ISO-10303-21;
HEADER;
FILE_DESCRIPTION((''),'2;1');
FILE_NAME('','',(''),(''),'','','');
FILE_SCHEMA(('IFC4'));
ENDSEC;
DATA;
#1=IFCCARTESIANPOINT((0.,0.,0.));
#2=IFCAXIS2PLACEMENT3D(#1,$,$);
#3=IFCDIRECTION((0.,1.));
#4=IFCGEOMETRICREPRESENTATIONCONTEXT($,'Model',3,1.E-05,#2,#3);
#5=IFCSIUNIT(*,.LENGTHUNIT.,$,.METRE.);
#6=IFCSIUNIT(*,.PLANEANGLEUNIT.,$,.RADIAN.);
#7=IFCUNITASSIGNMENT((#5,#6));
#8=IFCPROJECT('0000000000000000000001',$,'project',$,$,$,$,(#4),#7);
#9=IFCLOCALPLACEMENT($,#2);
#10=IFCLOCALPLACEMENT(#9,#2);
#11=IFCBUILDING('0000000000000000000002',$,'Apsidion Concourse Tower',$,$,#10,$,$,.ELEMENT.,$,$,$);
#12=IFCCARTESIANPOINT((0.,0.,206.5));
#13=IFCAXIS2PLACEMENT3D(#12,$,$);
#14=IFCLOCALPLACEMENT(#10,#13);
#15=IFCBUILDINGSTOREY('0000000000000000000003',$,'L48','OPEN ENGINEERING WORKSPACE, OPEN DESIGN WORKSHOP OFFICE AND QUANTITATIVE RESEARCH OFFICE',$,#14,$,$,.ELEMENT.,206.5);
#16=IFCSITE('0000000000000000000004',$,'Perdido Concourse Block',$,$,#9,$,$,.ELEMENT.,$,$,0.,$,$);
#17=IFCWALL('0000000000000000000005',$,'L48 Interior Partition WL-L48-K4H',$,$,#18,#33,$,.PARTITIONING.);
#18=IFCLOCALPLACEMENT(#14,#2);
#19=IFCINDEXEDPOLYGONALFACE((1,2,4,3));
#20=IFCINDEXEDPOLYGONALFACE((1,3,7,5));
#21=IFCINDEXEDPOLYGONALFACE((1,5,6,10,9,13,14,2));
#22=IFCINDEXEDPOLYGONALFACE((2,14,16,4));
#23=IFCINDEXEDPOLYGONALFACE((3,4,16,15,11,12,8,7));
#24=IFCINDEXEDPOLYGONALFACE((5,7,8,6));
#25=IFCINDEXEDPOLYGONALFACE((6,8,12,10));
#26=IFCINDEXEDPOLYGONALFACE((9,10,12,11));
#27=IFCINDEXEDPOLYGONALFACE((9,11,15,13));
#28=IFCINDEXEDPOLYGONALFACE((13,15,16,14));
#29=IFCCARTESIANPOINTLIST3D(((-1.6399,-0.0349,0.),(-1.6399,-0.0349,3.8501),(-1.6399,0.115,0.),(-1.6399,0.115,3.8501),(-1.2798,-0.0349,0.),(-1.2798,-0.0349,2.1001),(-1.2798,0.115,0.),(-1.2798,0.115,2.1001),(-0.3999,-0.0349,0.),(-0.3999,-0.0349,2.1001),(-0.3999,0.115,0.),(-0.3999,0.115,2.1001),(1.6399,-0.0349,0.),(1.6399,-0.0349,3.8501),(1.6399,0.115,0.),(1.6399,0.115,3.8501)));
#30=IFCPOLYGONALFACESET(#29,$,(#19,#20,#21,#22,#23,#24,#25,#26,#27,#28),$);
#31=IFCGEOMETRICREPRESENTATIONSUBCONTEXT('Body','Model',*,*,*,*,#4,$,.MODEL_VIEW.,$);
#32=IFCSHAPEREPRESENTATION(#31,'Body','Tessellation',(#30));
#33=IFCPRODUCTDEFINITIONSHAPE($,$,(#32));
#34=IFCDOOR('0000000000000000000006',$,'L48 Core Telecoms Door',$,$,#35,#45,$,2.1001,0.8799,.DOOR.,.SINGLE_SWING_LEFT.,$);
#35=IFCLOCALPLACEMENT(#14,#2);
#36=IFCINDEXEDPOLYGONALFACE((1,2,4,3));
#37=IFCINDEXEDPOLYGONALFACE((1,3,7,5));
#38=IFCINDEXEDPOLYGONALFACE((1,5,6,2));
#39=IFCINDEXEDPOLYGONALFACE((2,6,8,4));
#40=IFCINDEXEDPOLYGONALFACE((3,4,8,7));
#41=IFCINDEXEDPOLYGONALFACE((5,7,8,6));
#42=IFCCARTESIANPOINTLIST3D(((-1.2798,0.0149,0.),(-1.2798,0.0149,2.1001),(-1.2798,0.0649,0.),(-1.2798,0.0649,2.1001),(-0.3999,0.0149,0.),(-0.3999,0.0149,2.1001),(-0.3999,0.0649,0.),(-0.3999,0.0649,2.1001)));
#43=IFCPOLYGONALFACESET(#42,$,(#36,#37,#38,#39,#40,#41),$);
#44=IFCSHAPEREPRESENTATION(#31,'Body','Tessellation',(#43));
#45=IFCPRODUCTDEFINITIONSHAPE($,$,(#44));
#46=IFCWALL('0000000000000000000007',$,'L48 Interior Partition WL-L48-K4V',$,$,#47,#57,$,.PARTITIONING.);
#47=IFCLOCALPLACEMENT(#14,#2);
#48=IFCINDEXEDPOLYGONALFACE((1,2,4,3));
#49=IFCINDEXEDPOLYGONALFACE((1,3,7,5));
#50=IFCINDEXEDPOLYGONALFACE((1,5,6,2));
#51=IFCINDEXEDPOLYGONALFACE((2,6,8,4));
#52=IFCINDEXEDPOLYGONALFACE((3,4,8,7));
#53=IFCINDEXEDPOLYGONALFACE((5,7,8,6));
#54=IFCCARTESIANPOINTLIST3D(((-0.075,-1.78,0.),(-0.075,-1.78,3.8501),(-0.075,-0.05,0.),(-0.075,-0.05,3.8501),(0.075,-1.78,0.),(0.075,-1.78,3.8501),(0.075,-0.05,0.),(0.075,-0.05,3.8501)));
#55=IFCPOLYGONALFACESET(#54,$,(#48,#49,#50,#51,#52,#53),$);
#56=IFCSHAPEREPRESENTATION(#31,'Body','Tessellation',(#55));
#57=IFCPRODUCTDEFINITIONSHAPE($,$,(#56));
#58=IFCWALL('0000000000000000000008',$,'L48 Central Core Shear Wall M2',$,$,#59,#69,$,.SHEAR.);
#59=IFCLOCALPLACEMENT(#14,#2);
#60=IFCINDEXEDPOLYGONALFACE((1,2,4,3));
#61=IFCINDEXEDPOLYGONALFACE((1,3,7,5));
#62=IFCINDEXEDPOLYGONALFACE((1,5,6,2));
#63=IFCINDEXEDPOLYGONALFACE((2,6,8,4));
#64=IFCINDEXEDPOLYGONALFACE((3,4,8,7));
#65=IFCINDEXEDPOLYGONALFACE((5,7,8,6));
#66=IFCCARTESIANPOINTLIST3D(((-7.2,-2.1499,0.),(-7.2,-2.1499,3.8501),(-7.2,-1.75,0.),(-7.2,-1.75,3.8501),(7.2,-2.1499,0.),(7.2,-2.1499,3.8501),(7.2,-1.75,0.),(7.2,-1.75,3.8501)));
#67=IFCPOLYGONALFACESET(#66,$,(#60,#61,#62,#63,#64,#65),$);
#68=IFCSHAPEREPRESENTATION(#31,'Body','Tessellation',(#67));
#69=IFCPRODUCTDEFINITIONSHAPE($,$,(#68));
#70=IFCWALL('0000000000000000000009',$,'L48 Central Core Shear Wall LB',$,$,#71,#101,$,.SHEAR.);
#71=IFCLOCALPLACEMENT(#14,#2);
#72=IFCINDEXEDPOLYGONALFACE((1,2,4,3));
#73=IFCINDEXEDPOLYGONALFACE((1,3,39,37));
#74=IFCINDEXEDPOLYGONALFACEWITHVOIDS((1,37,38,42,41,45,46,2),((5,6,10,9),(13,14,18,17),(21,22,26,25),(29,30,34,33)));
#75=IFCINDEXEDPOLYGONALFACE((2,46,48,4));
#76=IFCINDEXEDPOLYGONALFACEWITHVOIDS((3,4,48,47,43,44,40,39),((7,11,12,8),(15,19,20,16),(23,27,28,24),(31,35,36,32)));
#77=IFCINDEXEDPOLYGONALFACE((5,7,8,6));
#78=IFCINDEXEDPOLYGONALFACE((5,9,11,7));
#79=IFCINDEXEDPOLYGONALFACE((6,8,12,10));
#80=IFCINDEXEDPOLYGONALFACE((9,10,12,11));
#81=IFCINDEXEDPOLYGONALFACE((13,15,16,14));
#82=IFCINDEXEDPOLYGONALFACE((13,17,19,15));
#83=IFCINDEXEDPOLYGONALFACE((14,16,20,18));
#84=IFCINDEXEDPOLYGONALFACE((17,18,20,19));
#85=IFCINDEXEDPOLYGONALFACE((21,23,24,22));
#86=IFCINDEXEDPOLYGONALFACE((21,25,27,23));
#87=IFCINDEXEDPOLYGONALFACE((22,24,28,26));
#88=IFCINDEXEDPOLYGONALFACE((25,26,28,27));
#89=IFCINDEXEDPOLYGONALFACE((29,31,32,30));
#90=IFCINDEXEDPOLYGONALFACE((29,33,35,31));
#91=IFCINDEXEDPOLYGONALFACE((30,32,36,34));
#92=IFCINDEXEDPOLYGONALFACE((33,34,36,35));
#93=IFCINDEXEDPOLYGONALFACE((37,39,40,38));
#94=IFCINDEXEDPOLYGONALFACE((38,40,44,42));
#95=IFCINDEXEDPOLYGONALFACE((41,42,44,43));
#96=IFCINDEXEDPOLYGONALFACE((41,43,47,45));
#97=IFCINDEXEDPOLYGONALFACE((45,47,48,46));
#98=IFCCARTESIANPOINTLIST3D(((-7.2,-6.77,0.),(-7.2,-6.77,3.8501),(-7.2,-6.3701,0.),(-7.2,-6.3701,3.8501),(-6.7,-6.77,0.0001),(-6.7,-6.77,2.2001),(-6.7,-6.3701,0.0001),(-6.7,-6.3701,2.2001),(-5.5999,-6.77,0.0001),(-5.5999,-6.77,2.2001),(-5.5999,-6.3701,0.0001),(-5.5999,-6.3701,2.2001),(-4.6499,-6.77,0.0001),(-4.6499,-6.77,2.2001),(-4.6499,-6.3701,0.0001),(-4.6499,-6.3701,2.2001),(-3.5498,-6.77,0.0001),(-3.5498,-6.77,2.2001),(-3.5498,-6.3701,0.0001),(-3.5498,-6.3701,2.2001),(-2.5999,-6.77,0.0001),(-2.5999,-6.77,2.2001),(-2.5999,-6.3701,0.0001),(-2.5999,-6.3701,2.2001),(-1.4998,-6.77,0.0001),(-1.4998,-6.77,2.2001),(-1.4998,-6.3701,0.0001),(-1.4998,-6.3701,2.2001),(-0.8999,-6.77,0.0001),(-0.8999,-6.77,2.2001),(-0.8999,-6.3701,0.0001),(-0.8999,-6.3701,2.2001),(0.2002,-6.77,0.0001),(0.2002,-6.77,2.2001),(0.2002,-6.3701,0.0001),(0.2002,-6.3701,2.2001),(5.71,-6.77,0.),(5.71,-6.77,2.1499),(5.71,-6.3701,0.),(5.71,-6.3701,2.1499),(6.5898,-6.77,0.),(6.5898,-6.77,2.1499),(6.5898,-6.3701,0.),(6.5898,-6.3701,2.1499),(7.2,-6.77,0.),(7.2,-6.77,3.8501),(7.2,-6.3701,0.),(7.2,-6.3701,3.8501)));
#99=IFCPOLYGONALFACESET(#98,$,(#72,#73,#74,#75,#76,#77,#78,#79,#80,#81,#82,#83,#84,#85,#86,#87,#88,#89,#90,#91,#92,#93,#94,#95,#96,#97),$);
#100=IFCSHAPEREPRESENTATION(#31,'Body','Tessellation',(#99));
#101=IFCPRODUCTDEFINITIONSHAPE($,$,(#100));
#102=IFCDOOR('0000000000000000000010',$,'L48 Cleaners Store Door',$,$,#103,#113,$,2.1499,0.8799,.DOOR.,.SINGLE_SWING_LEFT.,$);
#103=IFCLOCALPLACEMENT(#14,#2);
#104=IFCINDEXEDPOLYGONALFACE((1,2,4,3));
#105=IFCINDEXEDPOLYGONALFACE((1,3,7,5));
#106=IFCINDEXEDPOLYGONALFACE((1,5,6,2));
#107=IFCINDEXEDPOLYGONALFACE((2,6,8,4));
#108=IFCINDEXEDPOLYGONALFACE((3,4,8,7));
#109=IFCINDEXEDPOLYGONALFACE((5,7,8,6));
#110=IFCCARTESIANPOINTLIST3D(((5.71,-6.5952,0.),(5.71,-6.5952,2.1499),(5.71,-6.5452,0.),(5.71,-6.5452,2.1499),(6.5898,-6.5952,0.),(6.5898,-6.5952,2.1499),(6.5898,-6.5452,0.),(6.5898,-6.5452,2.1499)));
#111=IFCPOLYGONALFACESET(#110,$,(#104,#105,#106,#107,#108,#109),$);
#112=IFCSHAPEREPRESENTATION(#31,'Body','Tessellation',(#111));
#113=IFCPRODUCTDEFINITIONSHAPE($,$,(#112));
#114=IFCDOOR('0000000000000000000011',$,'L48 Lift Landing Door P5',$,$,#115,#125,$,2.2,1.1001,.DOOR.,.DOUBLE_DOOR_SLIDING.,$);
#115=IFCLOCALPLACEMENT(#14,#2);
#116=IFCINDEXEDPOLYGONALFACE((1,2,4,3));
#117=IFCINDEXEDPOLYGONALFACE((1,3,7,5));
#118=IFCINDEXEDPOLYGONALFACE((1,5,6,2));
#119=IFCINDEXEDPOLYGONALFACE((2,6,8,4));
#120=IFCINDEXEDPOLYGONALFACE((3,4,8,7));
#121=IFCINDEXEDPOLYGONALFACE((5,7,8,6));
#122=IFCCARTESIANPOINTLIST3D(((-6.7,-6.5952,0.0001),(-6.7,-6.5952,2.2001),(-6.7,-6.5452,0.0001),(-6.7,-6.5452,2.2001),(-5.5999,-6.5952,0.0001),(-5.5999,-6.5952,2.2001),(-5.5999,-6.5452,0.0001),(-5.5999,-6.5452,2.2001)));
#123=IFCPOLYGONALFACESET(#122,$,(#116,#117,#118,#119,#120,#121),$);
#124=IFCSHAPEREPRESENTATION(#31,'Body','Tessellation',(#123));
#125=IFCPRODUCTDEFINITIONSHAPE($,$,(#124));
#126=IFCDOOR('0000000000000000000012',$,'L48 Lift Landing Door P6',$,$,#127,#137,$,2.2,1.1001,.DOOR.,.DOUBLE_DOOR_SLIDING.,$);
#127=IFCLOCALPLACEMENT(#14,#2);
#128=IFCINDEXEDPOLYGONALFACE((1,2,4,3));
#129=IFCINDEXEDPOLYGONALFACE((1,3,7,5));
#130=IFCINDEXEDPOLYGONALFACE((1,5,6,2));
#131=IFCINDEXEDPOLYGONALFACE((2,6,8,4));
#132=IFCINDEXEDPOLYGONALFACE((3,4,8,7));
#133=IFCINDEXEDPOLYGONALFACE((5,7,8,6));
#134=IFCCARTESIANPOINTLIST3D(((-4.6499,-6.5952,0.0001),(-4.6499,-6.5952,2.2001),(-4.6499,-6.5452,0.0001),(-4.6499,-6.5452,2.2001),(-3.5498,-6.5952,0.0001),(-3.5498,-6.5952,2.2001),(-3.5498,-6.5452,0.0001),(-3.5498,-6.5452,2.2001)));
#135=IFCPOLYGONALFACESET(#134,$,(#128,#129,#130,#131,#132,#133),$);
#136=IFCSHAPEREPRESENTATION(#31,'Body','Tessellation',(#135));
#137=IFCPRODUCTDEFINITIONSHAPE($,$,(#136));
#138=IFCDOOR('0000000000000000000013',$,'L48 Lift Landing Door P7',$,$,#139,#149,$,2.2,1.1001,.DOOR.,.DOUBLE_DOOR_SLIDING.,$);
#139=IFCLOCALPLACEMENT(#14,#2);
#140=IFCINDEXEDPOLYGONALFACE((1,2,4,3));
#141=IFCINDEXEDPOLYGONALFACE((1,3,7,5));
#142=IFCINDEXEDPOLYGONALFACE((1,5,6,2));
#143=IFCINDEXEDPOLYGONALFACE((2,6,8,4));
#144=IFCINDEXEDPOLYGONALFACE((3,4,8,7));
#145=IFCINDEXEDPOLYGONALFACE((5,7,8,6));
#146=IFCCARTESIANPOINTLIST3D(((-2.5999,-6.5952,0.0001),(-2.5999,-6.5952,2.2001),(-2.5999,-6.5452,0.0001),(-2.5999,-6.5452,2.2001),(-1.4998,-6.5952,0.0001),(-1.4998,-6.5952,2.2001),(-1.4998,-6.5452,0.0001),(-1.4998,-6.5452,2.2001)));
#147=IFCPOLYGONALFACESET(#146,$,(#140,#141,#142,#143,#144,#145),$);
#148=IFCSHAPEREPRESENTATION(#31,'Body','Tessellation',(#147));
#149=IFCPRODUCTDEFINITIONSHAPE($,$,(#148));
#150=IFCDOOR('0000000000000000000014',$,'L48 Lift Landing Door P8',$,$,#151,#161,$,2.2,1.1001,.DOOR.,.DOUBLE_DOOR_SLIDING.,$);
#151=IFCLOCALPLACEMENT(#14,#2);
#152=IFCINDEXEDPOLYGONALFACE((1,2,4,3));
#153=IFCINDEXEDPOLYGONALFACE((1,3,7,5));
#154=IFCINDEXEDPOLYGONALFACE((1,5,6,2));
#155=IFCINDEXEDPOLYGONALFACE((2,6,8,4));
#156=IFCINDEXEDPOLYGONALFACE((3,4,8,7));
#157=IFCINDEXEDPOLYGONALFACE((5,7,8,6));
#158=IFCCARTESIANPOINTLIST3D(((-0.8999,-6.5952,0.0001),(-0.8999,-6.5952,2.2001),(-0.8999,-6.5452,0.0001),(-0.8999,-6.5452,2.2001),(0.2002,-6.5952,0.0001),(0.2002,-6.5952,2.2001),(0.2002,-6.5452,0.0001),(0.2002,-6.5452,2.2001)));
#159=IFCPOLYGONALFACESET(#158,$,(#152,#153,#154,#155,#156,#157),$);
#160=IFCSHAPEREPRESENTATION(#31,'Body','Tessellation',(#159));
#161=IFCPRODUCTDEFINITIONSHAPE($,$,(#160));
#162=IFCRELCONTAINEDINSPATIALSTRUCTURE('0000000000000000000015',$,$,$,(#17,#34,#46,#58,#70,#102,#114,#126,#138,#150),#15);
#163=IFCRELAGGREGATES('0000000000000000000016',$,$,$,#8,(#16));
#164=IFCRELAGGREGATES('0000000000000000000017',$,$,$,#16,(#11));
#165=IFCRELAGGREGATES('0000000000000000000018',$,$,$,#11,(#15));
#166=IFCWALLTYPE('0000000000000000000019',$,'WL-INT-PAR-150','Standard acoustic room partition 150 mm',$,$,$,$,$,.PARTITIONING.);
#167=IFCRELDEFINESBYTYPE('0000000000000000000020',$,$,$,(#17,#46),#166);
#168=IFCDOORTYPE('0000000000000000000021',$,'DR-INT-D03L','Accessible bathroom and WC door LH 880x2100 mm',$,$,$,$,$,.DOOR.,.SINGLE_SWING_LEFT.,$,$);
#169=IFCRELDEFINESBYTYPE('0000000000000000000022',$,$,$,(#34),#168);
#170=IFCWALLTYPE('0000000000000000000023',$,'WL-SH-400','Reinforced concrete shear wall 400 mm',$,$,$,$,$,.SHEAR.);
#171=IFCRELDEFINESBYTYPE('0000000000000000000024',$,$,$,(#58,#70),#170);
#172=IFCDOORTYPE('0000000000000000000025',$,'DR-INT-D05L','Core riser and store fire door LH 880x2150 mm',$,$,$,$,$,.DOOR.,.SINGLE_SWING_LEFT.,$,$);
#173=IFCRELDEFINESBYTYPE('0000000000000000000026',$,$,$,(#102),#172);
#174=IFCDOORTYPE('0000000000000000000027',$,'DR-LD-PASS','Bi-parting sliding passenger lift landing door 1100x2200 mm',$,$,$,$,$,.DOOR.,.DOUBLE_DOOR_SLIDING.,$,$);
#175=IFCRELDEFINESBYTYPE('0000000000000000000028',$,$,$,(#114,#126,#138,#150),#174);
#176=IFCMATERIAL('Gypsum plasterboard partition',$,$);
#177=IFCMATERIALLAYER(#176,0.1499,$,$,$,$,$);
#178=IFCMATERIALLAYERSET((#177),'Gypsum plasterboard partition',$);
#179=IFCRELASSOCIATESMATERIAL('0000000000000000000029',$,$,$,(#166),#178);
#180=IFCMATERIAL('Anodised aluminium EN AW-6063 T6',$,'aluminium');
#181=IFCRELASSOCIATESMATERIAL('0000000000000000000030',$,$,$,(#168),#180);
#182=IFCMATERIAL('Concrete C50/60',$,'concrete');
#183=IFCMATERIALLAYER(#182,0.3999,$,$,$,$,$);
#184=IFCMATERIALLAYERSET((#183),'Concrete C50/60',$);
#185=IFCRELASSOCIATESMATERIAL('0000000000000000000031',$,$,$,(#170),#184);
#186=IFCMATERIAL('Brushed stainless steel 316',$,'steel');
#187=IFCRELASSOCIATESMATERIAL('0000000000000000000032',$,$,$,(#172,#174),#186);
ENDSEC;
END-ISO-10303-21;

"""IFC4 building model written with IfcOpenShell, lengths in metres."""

from ifc_helpers import new_model, si_unit, direction, frame, frame_2d, origin, place, context, subcontext, project, spatial, rectangle, extrude, material, layer, layer_set, type_object, element, fill, save


model = new_model("IFC4")

# Units and contexts
model_context = context("Model", 3, precision=1e-05, world=origin(), true_north=direction((0.0, 1.0)))
body_context = subcontext(model_context, "Body", "Model", "MODEL_VIEW")
ifc_project = project(units=[si_unit("LENGTHUNIT", "METRE"), si_unit("PLANEANGLEUNIT", "RADIAN")], contexts=[model_context])

# Site, building, storey
site_placement = place(None, origin())
site = spatial("IfcSite", under=ifc_project, at=site_placement, Name="Perdido Concourse Block", CompositionType="ELEMENT", RefElevation=0.0)
building_placement = place(site_placement, origin())
building = spatial("IfcBuilding", under=site, at=building_placement, Name="Apsidion Concourse Tower", CompositionType="ELEMENT")
storey_placement = place(building_placement, frame((0.0, 0.0, 206.5)))
storey = spatial("IfcBuildingStorey", under=building, at=storey_placement, Name="L48", Description="OPEN ENGINEERING WORKSPACE, OPEN DESIGN WORKSHOP OFFICE AND QUANTITATIVE RESEARCH OFFICE", CompositionType="ELEMENT", Elevation=206.5)

# Shared definitions
ifc_material_1 = material(Name="Concrete C50/60", Category="concrete")

# Shared definitions
ifc_material_2 = material(Name="Gypsum plasterboard partition")
ifc_layer_1 = layer(ifc_material_2, 0.1499)
ifc_layer_set_1 = layer_set([ifc_layer_1], Name="Gypsum plasterboard partition")
wall_type_1 = type_object("IfcWallType", Name="WL-INT-PAR-150", Description="Standard acoustic room partition 150 mm", PredefinedType="PARTITIONING", material=ifc_layer_set_1)

# Wall, opening, door
wall_1_placement = place(storey_placement, frame((-1.6399, 0.04, 0.0), z_axis=(0.0, 0.0, 1.0), x_axis=(1.0, 0.0, 0.0)))
wall_1 = element("IfcWall", 1, at=wall_1_placement, inside=storey, type_object=wall_type_1, Name="L48 Interior Partition WL-L48-K4H", PredefinedType="PARTITIONING", context=body_context, shape_type="SweptSolid", body=[
    extrude(rectangle(XDim=3.2798, YDim=0.1499, at=frame_2d((1.6399, 0.0))), origin(), (0.0, 0.0, 1.0), 3.8501),
])
opening_1_placement = place(wall_1_placement, frame((0.3601, 0.0, 0.0)))
opening_1 = element("IfcOpeningElement", 2, at=opening_1_placement, cuts=wall_1, PredefinedType="OPENING", context=body_context, shape_type="SweptSolid", body=[
    extrude(rectangle(XDim=0.8799, YDim=2.1001, at=frame_2d((0.4399, 1.05))), frame((0.0, 0.085, 0.0), z_axis=(0.0, -1.0, 0.0), x_axis=(1.0, 0.0, 0.0)), (0.0, 0.0, 1.0), 0.1699),
])
ifc_material_3 = material(Name="Anodised aluminium EN AW-6063 T6", Category="aluminium")
door_type_1 = type_object("IfcDoorType", Name="DR-INT-D03L", Description="Accessible bathroom and WC door LH 880x2100 mm", OperationType="SINGLE_SWING_LEFT", PredefinedType="DOOR", material=ifc_material_3)
door_1_placement = place(opening_1_placement, origin())
door_1 = element("IfcDoor", 3, at=door_1_placement, inside=storey, type_object=door_type_1, Name="L48 Core Telecoms Door", OperationType="SINGLE_SWING_LEFT", OverallHeight=2.1001, OverallWidth=0.8799, PredefinedType="DOOR", context=body_context, shape_type="SweptSolid", body=[
    extrude(rectangle(XDim=0.8799, YDim=2.1001, at=frame_2d((0.4399, 1.05))), frame((0.0, 0.0249, 0.0), z_axis=(0.0, -1.0, 0.0), x_axis=(1.0, 0.0, 0.0)), (0.0, 0.0, 1.0), 0.05),
])
fill(opening_1, door_1)

# Wall
wall_2_placement = place(storey_placement, frame((0.0, -1.78, 0.0), z_axis=(0.0, 0.0, 1.0), x_axis=(0.0, 1.0, 0.0)))
element("IfcWall", 4, at=wall_2_placement, inside=storey, type_object=wall_type_1, Name="L48 Interior Partition WL-L48-K4V", PredefinedType="PARTITIONING", context=body_context, shape_type="SweptSolid", body=[
    extrude(rectangle(XDim=1.73, YDim=0.1499, at=frame_2d((0.865, 0.0))), origin(), (0.0, 0.0, 1.0), 3.8501),
])

# Shared definitions
ifc_material_4 = material(Name="Brushed stainless steel 316", Category="steel")

# Wall
ifc_layer_2 = layer(ifc_material_1, 0.3999)
ifc_layer_set_2 = layer_set([ifc_layer_2], Name="Concrete C50/60")
wall_type_2 = type_object("IfcWallType", Name="WL-SH-400", Description="Reinforced concrete shear wall 400 mm", PredefinedType="SHEAR", material=ifc_layer_set_2)
wall_3_placement = place(storey_placement, frame((-7.2, -1.95, 0.0), z_axis=(0.0, 0.0, 1.0), x_axis=(1.0, 0.0, 0.0)))
element("IfcWall", 5, at=wall_3_placement, inside=storey, type_object=wall_type_2, Name="L48 Central Core Shear Wall M2", PredefinedType="SHEAR", context=body_context, shape_type="SweptSolid", body=[
    extrude(rectangle(XDim=14.3999, YDim=0.3999, at=frame_2d((7.2, 0.0))), origin(), (0.0, 0.0, 1.0), 3.8501),
])

# Wall, openings, doors
wall_4_placement = place(storey_placement, frame((-7.2, -6.5701, 0.0), z_axis=(0.0, 0.0, 1.0), x_axis=(1.0, 0.0, 0.0)))
wall_4 = element("IfcWall", 6, at=wall_4_placement, inside=storey, type_object=wall_type_2, Name="L48 Central Core Shear Wall LB", PredefinedType="SHEAR", context=body_context, shape_type="SweptSolid", body=[
    extrude(rectangle(XDim=14.3999, YDim=0.3999, at=frame_2d((7.2, 0.0))), origin(), (0.0, 0.0, 1.0), 3.8501),
])
opening_2_placement = place(wall_4_placement, frame((0.5, 0.0, 0.0)))
opening_2 = element("IfcOpeningElement", 7, at=opening_2_placement, cuts=wall_4, PredefinedType="OPENING", context=body_context, shape_type="SweptSolid", body=[
    extrude(rectangle(XDim=1.1001, YDim=2.2, at=frame_2d((0.55, 1.1001))), frame((0.0, 0.21, 0.0), z_axis=(0.0, -1.0, 0.0), x_axis=(1.0, 0.0, 0.0)), (0.0, 0.0, 1.0), 0.4199),
])
opening_3_placement = place(wall_4_placement, frame((2.55, 0.0, 0.0)))
opening_3 = element("IfcOpeningElement", 8, at=opening_3_placement, cuts=wall_4, PredefinedType="OPENING", context=body_context, shape_type="SweptSolid", body=[
    extrude(rectangle(XDim=1.1001, YDim=2.2, at=frame_2d((0.55, 1.1001))), frame((0.0, 0.21, 0.0), z_axis=(0.0, -1.0, 0.0), x_axis=(1.0, 0.0, 0.0)), (0.0, 0.0, 1.0), 0.4199),
])
opening_4_placement = place(wall_4_placement, frame((4.6001, 0.0, 0.0)))
opening_4 = element("IfcOpeningElement", 9, at=opening_4_placement, cuts=wall_4, PredefinedType="OPENING", context=body_context, shape_type="SweptSolid", body=[
    extrude(rectangle(XDim=1.1001, YDim=2.2, at=frame_2d((0.55, 1.1001))), frame((0.0, 0.21, 0.0), z_axis=(0.0, -1.0, 0.0), x_axis=(1.0, 0.0, 0.0)), (0.0, 0.0, 1.0), 0.4199),
])
opening_5_placement = place(wall_4_placement, frame((6.3, 0.0, 0.0)))
opening_5 = element("IfcOpeningElement", 10, at=opening_5_placement, cuts=wall_4, PredefinedType="OPENING", context=body_context, shape_type="SweptSolid", body=[
    extrude(rectangle(XDim=1.1001, YDim=2.2, at=frame_2d((0.55, 1.1001))), frame((0.0, 0.21, 0.0), z_axis=(0.0, -1.0, 0.0), x_axis=(1.0, 0.0, 0.0)), (0.0, 0.0, 1.0), 0.4199),
])
opening_6_placement = place(wall_4_placement, frame((12.9099, 0.0, 0.0)))
opening_6 = element("IfcOpeningElement", 11, at=opening_6_placement, cuts=wall_4, PredefinedType="OPENING", context=body_context, shape_type="SweptSolid", body=[
    extrude(rectangle(XDim=0.8799, YDim=2.1499, at=frame_2d((0.4399, 1.075))), frame((0.0, 0.21, 0.0), z_axis=(0.0, -1.0, 0.0), x_axis=(1.0, 0.0, 0.0)), (0.0, 0.0, 1.0), 0.4199),
])
door_type_2 = type_object("IfcDoorType", Name="DR-INT-D05L", Description="Core riser and store fire door LH 880x2150 mm", OperationType="SINGLE_SWING_LEFT", PredefinedType="DOOR", material=ifc_material_4)
door_2_placement = place(opening_6_placement, origin())
door_2 = element("IfcDoor", 12, at=door_2_placement, inside=storey, type_object=door_type_2, Name="L48 Cleaners Store Door", OperationType="SINGLE_SWING_LEFT", OverallHeight=2.1499, OverallWidth=0.8799, PredefinedType="DOOR", context=body_context, shape_type="SweptSolid", body=[
    extrude(rectangle(XDim=0.8799, YDim=2.1499, at=frame_2d((0.4399, 1.075))), frame((0.0, 0.0249, 0.0), z_axis=(0.0, -1.0, 0.0), x_axis=(1.0, 0.0, 0.0)), (0.0, 0.0, 1.0), 0.05),
])
fill(opening_6, door_2)
door_type_3 = type_object("IfcDoorType", Name="DR-LD-PASS", Description="Bi-parting sliding passenger lift landing door 1100x2200 mm", OperationType="DOUBLE_DOOR_SLIDING", PredefinedType="DOOR", material=ifc_material_4)
door_3_placement = place(opening_2_placement, origin())
door_3 = element("IfcDoor", 13, at=door_3_placement, inside=storey, type_object=door_type_3, Name="L48 Lift Landing Door P5", OperationType="DOUBLE_DOOR_SLIDING", OverallHeight=2.2, OverallWidth=1.1001, PredefinedType="DOOR", context=body_context, shape_type="SweptSolid", body=[
    extrude(rectangle(XDim=1.1001, YDim=2.2, at=frame_2d((0.55, 1.1001))), frame((0.0, 0.0249, 0.0), z_axis=(0.0, -1.0, 0.0), x_axis=(1.0, 0.0, 0.0)), (0.0, 0.0, 1.0), 0.05),
])
fill(opening_2, door_3)
door_4_placement = place(opening_3_placement, origin())
door_4 = element("IfcDoor", 14, at=door_4_placement, inside=storey, type_object=door_type_3, Name="L48 Lift Landing Door P6", OperationType="DOUBLE_DOOR_SLIDING", OverallHeight=2.2, OverallWidth=1.1001, PredefinedType="DOOR", context=body_context, shape_type="SweptSolid", body=[
    extrude(rectangle(XDim=1.1001, YDim=2.2, at=frame_2d((0.55, 1.1001))), frame((0.0, 0.0249, 0.0), z_axis=(0.0, -1.0, 0.0), x_axis=(1.0, 0.0, 0.0)), (0.0, 0.0, 1.0), 0.05),
])
fill(opening_3, door_4)
door_5_placement = place(opening_4_placement, origin())
door_5 = element("IfcDoor", 15, at=door_5_placement, inside=storey, type_object=door_type_3, Name="L48 Lift Landing Door P7", OperationType="DOUBLE_DOOR_SLIDING", OverallHeight=2.2, OverallWidth=1.1001, PredefinedType="DOOR", context=body_context, shape_type="SweptSolid", body=[
    extrude(rectangle(XDim=1.1001, YDim=2.2, at=frame_2d((0.55, 1.1001))), frame((0.0, 0.0249, 0.0), z_axis=(0.0, -1.0, 0.0), x_axis=(1.0, 0.0, 0.0)), (0.0, 0.0, 1.0), 0.05),
])
fill(opening_4, door_5)
door_6_placement = place(opening_5_placement, origin())
door_6 = element("IfcDoor", 16, at=door_6_placement, inside=storey, type_object=door_type_3, Name="L48 Lift Landing Door P8", OperationType="DOUBLE_DOOR_SLIDING", OverallHeight=2.2, OverallWidth=1.1001, PredefinedType="DOOR", context=body_context, shape_type="SweptSolid", body=[
    extrude(rectangle(XDim=1.1001, YDim=2.2, at=frame_2d((0.55, 1.1001))), frame((0.0, 0.0249, 0.0), z_axis=(0.0, -1.0, 0.0), x_axis=(1.0, 0.0, 0.0)), (0.0, 0.0, 1.0), 0.05),
])
fill(opening_5, door_6)

save(model, "model.ifc")
